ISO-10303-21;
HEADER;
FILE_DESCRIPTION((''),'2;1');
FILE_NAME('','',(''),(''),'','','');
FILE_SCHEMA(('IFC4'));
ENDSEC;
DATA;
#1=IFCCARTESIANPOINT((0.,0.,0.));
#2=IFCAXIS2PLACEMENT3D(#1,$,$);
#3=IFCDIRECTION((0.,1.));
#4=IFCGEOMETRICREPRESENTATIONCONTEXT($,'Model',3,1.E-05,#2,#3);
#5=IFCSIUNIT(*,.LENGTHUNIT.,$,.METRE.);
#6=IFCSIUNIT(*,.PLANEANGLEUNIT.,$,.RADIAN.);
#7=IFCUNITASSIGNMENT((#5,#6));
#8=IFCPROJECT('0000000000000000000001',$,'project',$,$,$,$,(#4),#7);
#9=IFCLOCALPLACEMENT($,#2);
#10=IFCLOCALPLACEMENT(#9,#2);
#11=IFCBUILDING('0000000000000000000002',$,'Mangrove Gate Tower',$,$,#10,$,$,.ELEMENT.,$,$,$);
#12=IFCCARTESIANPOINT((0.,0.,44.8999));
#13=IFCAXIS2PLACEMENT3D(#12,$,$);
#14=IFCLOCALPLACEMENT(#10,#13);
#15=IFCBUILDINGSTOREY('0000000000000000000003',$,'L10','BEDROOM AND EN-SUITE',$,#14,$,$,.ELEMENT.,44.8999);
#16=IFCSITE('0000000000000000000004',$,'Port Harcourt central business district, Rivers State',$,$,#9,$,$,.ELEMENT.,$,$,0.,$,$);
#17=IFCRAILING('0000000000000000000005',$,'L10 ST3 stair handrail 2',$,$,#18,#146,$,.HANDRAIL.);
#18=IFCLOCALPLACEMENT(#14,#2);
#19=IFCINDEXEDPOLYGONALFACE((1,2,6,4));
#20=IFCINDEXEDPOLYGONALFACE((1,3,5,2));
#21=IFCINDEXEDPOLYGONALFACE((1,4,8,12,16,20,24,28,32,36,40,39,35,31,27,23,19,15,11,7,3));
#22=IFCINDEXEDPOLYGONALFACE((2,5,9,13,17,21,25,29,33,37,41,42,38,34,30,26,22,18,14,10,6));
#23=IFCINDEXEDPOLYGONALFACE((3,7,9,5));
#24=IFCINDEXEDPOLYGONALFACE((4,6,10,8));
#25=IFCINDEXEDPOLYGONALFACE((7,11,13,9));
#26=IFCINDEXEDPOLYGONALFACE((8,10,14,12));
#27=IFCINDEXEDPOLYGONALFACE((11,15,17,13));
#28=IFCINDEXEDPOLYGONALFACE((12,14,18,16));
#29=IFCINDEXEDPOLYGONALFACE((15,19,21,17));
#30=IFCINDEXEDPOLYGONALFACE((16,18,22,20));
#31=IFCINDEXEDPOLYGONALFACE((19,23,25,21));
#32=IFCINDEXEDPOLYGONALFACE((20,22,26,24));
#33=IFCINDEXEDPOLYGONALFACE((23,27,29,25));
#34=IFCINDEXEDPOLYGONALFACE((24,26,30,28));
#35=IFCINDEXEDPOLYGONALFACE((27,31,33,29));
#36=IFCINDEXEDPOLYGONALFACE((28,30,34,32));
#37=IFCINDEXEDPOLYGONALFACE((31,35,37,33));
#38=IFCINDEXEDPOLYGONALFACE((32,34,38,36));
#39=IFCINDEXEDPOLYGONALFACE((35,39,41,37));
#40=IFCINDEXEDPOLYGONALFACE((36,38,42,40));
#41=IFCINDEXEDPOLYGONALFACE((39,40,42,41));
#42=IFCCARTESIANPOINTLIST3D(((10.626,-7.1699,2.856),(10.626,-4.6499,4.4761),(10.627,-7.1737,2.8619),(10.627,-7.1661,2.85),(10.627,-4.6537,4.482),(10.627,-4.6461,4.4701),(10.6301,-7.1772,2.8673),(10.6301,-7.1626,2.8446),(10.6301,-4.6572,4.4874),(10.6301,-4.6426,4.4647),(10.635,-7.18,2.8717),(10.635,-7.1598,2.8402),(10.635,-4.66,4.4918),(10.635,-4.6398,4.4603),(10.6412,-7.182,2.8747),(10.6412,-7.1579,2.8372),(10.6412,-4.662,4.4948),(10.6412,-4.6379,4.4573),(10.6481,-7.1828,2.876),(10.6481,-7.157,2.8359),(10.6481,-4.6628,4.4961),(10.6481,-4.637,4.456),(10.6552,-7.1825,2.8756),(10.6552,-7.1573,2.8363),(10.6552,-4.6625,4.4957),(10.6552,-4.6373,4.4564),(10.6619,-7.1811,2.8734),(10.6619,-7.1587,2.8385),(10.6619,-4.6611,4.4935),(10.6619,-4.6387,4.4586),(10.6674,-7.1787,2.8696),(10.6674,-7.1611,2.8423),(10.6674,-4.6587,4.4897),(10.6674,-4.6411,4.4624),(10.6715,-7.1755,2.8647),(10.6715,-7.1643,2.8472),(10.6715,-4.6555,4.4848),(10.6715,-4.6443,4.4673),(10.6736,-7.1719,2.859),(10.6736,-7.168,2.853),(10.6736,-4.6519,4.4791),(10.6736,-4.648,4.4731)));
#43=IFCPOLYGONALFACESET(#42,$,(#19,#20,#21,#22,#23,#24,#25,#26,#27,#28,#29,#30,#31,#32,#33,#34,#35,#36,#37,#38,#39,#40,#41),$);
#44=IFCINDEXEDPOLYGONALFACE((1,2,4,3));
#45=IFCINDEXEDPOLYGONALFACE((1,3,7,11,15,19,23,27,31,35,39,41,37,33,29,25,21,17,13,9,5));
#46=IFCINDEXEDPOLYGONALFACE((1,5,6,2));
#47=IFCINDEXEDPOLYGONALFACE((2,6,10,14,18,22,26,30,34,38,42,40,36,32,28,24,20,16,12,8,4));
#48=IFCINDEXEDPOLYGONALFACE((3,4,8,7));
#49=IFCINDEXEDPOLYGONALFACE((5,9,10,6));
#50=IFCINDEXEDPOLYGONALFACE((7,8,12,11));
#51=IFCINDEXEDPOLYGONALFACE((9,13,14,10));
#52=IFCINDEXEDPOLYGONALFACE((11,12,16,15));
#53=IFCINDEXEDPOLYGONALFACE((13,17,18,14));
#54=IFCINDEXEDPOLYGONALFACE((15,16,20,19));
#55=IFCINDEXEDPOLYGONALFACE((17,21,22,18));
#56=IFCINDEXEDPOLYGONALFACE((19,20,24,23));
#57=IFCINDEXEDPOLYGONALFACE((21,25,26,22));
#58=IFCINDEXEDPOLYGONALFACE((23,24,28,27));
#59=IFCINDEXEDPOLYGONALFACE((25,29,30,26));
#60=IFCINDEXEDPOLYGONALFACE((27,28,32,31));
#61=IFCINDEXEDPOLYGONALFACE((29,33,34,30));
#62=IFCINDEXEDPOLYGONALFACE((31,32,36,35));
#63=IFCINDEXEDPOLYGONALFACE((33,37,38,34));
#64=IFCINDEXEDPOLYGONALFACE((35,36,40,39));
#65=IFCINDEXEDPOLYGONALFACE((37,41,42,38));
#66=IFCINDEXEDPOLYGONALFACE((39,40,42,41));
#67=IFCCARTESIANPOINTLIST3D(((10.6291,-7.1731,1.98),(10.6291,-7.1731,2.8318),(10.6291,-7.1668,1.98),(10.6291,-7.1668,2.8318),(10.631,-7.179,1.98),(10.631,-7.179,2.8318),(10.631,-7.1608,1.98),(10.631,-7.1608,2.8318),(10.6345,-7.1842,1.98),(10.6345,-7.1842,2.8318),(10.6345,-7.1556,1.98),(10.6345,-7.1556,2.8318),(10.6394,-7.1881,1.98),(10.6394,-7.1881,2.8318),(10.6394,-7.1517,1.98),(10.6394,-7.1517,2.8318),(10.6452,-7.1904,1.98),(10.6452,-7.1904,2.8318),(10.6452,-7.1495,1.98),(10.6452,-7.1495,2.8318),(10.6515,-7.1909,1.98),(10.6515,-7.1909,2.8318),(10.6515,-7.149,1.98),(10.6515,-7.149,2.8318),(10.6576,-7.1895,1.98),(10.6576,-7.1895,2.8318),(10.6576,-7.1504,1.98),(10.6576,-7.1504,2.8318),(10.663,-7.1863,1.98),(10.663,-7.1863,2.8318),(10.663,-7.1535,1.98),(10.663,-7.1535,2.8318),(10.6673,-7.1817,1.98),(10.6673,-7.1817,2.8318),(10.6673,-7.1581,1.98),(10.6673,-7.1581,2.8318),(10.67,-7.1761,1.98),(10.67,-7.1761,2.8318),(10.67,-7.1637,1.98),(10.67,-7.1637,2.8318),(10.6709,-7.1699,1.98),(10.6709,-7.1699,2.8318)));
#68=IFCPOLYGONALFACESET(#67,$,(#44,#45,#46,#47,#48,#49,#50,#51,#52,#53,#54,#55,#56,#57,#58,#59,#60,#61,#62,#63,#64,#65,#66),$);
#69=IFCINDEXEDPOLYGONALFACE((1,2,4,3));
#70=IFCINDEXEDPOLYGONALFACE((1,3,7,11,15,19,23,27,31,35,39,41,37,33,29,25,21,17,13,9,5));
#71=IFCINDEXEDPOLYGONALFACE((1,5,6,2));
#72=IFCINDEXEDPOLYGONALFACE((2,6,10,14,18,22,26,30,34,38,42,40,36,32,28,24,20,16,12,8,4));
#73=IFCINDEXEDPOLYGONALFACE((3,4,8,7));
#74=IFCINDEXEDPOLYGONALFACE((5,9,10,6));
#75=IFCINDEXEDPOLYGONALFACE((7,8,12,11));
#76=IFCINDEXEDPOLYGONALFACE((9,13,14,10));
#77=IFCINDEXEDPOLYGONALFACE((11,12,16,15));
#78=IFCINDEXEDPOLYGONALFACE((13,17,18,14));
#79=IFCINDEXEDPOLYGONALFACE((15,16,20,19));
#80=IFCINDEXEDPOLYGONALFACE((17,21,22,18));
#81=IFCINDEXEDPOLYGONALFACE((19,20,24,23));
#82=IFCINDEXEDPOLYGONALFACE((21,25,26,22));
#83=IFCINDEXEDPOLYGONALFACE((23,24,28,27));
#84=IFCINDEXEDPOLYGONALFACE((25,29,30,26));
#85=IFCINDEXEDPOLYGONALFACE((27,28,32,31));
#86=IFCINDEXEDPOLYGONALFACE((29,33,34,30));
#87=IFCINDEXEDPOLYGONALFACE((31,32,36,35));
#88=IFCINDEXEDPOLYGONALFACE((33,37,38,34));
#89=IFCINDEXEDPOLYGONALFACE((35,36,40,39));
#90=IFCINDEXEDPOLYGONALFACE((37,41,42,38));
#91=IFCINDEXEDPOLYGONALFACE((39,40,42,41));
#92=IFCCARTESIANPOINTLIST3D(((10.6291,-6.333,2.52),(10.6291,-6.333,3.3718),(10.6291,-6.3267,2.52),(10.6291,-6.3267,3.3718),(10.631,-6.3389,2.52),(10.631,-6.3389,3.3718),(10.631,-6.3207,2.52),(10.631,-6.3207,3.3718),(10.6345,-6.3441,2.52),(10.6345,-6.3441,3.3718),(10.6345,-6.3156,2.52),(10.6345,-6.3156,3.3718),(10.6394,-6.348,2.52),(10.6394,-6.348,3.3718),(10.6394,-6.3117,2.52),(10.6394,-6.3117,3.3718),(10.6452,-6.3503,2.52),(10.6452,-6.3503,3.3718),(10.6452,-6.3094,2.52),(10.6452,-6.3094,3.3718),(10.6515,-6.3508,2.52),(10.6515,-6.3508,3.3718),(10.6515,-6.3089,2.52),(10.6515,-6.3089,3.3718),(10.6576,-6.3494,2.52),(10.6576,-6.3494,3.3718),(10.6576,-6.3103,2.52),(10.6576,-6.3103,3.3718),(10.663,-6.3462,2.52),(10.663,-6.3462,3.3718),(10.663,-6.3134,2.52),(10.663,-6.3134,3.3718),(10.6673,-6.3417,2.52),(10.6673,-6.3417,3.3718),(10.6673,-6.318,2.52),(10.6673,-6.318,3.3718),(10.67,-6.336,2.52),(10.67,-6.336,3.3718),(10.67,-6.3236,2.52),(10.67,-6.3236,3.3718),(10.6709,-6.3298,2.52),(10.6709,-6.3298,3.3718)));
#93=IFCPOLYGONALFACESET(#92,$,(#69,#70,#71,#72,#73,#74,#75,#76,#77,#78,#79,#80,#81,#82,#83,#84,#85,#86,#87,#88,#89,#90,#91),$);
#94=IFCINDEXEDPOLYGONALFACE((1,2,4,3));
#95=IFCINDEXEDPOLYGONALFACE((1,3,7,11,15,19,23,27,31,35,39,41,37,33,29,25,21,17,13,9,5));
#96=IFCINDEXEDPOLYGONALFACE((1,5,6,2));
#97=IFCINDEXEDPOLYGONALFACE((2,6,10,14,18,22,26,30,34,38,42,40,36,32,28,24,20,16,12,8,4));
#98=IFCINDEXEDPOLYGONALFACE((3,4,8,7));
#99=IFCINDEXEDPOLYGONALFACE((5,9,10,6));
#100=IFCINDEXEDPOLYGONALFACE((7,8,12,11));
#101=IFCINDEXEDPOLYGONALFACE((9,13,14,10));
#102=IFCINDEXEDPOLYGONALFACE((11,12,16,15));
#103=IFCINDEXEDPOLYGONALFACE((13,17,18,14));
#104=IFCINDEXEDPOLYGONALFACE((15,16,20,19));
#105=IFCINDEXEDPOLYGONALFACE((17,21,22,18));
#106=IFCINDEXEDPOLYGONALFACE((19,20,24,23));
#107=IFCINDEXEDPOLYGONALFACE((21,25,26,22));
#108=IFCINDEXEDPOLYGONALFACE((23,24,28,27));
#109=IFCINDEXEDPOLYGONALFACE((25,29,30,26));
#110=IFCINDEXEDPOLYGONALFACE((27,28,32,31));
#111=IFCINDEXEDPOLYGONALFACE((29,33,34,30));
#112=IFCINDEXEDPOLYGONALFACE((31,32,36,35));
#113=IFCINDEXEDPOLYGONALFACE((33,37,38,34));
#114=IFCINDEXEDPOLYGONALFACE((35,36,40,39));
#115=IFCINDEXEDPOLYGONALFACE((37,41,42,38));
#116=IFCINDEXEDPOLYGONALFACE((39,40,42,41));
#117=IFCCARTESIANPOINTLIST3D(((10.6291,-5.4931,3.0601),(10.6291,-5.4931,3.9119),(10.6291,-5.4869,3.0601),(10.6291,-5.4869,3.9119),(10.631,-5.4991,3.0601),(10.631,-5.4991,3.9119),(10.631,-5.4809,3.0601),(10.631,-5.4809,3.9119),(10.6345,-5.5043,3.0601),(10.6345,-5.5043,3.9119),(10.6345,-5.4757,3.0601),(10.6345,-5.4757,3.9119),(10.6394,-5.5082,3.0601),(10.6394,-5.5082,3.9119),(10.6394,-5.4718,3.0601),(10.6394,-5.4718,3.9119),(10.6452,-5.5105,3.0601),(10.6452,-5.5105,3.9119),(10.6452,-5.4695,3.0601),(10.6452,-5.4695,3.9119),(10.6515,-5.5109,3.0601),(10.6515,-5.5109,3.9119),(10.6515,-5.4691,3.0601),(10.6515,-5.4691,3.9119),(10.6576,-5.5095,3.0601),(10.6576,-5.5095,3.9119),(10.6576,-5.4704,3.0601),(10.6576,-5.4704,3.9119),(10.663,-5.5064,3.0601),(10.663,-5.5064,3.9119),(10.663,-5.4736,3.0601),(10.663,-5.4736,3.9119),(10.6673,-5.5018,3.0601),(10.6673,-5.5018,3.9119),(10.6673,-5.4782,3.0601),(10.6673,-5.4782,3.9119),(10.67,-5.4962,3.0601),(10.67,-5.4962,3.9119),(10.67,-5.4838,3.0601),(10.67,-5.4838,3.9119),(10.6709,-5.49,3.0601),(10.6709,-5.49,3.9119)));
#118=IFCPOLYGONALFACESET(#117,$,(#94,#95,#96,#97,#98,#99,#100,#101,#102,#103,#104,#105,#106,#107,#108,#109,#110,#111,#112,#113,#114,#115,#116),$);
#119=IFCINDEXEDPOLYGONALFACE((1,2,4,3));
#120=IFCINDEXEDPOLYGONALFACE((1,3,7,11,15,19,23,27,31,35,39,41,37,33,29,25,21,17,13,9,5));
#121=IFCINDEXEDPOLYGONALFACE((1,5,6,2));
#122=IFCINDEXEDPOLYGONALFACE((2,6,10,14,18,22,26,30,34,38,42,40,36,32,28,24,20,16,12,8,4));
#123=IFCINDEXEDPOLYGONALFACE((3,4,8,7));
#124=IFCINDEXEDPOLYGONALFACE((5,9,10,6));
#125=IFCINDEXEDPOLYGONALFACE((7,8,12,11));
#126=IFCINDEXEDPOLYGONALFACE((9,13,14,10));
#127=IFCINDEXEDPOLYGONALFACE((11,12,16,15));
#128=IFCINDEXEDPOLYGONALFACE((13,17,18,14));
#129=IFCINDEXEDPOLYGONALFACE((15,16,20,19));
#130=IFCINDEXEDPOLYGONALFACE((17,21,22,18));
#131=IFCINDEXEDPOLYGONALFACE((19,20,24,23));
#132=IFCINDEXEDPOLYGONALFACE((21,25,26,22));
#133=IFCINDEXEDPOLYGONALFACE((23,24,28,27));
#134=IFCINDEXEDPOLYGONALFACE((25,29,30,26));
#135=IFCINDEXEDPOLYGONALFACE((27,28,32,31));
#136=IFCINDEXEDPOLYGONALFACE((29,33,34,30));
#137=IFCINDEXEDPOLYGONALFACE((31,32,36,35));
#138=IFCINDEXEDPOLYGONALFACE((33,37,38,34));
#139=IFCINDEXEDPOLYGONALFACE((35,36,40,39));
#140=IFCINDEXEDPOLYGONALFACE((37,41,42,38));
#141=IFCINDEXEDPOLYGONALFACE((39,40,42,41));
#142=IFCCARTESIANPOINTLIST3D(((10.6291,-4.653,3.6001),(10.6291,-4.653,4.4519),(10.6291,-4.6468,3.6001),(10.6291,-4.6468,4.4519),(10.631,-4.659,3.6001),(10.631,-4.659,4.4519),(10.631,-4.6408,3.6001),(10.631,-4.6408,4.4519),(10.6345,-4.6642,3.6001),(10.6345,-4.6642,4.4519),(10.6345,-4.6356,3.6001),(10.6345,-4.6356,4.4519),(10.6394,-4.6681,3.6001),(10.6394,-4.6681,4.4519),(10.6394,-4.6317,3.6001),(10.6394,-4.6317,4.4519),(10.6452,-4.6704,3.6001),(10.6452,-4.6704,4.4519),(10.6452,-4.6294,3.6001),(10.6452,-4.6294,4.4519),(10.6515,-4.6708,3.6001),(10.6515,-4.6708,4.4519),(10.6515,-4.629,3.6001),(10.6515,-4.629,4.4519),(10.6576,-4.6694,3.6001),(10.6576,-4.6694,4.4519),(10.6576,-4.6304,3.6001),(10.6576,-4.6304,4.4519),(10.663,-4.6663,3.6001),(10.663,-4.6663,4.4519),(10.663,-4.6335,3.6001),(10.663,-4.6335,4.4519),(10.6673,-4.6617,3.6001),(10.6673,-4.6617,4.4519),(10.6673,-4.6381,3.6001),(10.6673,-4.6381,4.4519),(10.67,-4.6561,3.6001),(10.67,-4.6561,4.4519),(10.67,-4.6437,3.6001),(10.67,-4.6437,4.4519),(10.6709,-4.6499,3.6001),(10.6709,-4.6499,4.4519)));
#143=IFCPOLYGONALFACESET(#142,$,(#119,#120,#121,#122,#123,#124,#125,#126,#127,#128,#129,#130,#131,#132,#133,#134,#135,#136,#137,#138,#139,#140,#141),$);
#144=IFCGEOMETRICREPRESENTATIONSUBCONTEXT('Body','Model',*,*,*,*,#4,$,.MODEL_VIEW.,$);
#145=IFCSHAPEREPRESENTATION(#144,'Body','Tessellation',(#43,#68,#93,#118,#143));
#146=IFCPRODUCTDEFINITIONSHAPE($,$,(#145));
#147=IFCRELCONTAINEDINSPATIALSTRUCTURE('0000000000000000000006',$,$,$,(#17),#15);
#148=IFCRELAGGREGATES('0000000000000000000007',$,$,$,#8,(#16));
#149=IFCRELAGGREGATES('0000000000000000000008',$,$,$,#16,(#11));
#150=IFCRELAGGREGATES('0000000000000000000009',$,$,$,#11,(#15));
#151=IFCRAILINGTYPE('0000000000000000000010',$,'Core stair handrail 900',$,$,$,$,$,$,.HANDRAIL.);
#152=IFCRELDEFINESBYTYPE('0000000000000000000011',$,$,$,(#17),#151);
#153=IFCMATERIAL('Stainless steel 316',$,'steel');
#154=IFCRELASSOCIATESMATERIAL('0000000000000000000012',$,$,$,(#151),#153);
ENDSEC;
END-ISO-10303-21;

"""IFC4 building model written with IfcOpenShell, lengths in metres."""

from ifc_helpers import new_model, si_unit, direction, frame, origin, origin_2d, place, context, subcontext, project, spatial, circle, extrude, material, type_object, element, save


model = new_model("IFC4")

# Units and contexts
model_context = context("Model", 3, precision=1e-05, world=origin(), true_north=direction((0.0, 1.0)))
body_context = subcontext(model_context, "Body", "Model", "MODEL_VIEW")
ifc_project = project(units=[si_unit("LENGTHUNIT", "METRE"), si_unit("PLANEANGLEUNIT", "RADIAN")], contexts=[model_context])

# Site, building, storey
site_placement = place(None, origin())
site = spatial("IfcSite", under=ifc_project, at=site_placement, Name="Port Harcourt central business district, Rivers State", CompositionType="ELEMENT", RefElevation=0.0)
building_placement = place(site_placement, origin())
building = spatial("IfcBuilding", under=site, at=building_placement, Name="Mangrove Gate Tower", CompositionType="ELEMENT")
storey_placement = place(building_placement, frame((0.0, 0.0, 44.8999)))
storey = spatial("IfcBuildingStorey", under=building, at=storey_placement, Name="L10", Description="BEDROOM AND EN-SUITE", CompositionType="ELEMENT", Elevation=44.8999)

# Railing
ifc_material_1 = material(Name="Stainless steel 316", Category="steel")
railing_type_1 = type_object("IfcRailingType", Name="Core stair handrail 900", PredefinedType="HANDRAIL", material=ifc_material_1)
railing_1_placement = place(storey_placement, frame((10.6499, -7.1699, 1.98)))
element("IfcRailing", 1, at=railing_1_placement, inside=storey, type_object=railing_type_1, Name="L10 ST3 stair handrail 2", PredefinedType="HANDRAIL", context=body_context, shape_type="SweptSolid", body=[
    extrude(circle(Radius=0.0239, at=origin_2d()), frame((0.0, 0.0, 0.876), z_axis=(0.0, 0.841163, 0.540782), x_axis=(-1.0, 0.0, 0.0)), (0.0, 0.0, 1.0), 2.9958),
    extrude(circle(Radius=0.021, at=origin_2d()), origin(), (0.0, 0.0, 1.0), 0.8518),
    extrude(circle(Radius=0.021, at=origin_2d()), frame((0.0, 0.8401, 0.54)), (0.0, 0.0, 1.0), 0.8518),
    extrude(circle(Radius=0.021, at=origin_2d()), frame((0.0, 1.6799, 1.0801)), (0.0, 0.0, 1.0), 0.8518),
    extrude(circle(Radius=0.021, at=origin_2d()), frame((0.0, 2.52, 1.6201)), (0.0, 0.0, 1.0), 0.8518),
])

save(model, "model.ifc")
